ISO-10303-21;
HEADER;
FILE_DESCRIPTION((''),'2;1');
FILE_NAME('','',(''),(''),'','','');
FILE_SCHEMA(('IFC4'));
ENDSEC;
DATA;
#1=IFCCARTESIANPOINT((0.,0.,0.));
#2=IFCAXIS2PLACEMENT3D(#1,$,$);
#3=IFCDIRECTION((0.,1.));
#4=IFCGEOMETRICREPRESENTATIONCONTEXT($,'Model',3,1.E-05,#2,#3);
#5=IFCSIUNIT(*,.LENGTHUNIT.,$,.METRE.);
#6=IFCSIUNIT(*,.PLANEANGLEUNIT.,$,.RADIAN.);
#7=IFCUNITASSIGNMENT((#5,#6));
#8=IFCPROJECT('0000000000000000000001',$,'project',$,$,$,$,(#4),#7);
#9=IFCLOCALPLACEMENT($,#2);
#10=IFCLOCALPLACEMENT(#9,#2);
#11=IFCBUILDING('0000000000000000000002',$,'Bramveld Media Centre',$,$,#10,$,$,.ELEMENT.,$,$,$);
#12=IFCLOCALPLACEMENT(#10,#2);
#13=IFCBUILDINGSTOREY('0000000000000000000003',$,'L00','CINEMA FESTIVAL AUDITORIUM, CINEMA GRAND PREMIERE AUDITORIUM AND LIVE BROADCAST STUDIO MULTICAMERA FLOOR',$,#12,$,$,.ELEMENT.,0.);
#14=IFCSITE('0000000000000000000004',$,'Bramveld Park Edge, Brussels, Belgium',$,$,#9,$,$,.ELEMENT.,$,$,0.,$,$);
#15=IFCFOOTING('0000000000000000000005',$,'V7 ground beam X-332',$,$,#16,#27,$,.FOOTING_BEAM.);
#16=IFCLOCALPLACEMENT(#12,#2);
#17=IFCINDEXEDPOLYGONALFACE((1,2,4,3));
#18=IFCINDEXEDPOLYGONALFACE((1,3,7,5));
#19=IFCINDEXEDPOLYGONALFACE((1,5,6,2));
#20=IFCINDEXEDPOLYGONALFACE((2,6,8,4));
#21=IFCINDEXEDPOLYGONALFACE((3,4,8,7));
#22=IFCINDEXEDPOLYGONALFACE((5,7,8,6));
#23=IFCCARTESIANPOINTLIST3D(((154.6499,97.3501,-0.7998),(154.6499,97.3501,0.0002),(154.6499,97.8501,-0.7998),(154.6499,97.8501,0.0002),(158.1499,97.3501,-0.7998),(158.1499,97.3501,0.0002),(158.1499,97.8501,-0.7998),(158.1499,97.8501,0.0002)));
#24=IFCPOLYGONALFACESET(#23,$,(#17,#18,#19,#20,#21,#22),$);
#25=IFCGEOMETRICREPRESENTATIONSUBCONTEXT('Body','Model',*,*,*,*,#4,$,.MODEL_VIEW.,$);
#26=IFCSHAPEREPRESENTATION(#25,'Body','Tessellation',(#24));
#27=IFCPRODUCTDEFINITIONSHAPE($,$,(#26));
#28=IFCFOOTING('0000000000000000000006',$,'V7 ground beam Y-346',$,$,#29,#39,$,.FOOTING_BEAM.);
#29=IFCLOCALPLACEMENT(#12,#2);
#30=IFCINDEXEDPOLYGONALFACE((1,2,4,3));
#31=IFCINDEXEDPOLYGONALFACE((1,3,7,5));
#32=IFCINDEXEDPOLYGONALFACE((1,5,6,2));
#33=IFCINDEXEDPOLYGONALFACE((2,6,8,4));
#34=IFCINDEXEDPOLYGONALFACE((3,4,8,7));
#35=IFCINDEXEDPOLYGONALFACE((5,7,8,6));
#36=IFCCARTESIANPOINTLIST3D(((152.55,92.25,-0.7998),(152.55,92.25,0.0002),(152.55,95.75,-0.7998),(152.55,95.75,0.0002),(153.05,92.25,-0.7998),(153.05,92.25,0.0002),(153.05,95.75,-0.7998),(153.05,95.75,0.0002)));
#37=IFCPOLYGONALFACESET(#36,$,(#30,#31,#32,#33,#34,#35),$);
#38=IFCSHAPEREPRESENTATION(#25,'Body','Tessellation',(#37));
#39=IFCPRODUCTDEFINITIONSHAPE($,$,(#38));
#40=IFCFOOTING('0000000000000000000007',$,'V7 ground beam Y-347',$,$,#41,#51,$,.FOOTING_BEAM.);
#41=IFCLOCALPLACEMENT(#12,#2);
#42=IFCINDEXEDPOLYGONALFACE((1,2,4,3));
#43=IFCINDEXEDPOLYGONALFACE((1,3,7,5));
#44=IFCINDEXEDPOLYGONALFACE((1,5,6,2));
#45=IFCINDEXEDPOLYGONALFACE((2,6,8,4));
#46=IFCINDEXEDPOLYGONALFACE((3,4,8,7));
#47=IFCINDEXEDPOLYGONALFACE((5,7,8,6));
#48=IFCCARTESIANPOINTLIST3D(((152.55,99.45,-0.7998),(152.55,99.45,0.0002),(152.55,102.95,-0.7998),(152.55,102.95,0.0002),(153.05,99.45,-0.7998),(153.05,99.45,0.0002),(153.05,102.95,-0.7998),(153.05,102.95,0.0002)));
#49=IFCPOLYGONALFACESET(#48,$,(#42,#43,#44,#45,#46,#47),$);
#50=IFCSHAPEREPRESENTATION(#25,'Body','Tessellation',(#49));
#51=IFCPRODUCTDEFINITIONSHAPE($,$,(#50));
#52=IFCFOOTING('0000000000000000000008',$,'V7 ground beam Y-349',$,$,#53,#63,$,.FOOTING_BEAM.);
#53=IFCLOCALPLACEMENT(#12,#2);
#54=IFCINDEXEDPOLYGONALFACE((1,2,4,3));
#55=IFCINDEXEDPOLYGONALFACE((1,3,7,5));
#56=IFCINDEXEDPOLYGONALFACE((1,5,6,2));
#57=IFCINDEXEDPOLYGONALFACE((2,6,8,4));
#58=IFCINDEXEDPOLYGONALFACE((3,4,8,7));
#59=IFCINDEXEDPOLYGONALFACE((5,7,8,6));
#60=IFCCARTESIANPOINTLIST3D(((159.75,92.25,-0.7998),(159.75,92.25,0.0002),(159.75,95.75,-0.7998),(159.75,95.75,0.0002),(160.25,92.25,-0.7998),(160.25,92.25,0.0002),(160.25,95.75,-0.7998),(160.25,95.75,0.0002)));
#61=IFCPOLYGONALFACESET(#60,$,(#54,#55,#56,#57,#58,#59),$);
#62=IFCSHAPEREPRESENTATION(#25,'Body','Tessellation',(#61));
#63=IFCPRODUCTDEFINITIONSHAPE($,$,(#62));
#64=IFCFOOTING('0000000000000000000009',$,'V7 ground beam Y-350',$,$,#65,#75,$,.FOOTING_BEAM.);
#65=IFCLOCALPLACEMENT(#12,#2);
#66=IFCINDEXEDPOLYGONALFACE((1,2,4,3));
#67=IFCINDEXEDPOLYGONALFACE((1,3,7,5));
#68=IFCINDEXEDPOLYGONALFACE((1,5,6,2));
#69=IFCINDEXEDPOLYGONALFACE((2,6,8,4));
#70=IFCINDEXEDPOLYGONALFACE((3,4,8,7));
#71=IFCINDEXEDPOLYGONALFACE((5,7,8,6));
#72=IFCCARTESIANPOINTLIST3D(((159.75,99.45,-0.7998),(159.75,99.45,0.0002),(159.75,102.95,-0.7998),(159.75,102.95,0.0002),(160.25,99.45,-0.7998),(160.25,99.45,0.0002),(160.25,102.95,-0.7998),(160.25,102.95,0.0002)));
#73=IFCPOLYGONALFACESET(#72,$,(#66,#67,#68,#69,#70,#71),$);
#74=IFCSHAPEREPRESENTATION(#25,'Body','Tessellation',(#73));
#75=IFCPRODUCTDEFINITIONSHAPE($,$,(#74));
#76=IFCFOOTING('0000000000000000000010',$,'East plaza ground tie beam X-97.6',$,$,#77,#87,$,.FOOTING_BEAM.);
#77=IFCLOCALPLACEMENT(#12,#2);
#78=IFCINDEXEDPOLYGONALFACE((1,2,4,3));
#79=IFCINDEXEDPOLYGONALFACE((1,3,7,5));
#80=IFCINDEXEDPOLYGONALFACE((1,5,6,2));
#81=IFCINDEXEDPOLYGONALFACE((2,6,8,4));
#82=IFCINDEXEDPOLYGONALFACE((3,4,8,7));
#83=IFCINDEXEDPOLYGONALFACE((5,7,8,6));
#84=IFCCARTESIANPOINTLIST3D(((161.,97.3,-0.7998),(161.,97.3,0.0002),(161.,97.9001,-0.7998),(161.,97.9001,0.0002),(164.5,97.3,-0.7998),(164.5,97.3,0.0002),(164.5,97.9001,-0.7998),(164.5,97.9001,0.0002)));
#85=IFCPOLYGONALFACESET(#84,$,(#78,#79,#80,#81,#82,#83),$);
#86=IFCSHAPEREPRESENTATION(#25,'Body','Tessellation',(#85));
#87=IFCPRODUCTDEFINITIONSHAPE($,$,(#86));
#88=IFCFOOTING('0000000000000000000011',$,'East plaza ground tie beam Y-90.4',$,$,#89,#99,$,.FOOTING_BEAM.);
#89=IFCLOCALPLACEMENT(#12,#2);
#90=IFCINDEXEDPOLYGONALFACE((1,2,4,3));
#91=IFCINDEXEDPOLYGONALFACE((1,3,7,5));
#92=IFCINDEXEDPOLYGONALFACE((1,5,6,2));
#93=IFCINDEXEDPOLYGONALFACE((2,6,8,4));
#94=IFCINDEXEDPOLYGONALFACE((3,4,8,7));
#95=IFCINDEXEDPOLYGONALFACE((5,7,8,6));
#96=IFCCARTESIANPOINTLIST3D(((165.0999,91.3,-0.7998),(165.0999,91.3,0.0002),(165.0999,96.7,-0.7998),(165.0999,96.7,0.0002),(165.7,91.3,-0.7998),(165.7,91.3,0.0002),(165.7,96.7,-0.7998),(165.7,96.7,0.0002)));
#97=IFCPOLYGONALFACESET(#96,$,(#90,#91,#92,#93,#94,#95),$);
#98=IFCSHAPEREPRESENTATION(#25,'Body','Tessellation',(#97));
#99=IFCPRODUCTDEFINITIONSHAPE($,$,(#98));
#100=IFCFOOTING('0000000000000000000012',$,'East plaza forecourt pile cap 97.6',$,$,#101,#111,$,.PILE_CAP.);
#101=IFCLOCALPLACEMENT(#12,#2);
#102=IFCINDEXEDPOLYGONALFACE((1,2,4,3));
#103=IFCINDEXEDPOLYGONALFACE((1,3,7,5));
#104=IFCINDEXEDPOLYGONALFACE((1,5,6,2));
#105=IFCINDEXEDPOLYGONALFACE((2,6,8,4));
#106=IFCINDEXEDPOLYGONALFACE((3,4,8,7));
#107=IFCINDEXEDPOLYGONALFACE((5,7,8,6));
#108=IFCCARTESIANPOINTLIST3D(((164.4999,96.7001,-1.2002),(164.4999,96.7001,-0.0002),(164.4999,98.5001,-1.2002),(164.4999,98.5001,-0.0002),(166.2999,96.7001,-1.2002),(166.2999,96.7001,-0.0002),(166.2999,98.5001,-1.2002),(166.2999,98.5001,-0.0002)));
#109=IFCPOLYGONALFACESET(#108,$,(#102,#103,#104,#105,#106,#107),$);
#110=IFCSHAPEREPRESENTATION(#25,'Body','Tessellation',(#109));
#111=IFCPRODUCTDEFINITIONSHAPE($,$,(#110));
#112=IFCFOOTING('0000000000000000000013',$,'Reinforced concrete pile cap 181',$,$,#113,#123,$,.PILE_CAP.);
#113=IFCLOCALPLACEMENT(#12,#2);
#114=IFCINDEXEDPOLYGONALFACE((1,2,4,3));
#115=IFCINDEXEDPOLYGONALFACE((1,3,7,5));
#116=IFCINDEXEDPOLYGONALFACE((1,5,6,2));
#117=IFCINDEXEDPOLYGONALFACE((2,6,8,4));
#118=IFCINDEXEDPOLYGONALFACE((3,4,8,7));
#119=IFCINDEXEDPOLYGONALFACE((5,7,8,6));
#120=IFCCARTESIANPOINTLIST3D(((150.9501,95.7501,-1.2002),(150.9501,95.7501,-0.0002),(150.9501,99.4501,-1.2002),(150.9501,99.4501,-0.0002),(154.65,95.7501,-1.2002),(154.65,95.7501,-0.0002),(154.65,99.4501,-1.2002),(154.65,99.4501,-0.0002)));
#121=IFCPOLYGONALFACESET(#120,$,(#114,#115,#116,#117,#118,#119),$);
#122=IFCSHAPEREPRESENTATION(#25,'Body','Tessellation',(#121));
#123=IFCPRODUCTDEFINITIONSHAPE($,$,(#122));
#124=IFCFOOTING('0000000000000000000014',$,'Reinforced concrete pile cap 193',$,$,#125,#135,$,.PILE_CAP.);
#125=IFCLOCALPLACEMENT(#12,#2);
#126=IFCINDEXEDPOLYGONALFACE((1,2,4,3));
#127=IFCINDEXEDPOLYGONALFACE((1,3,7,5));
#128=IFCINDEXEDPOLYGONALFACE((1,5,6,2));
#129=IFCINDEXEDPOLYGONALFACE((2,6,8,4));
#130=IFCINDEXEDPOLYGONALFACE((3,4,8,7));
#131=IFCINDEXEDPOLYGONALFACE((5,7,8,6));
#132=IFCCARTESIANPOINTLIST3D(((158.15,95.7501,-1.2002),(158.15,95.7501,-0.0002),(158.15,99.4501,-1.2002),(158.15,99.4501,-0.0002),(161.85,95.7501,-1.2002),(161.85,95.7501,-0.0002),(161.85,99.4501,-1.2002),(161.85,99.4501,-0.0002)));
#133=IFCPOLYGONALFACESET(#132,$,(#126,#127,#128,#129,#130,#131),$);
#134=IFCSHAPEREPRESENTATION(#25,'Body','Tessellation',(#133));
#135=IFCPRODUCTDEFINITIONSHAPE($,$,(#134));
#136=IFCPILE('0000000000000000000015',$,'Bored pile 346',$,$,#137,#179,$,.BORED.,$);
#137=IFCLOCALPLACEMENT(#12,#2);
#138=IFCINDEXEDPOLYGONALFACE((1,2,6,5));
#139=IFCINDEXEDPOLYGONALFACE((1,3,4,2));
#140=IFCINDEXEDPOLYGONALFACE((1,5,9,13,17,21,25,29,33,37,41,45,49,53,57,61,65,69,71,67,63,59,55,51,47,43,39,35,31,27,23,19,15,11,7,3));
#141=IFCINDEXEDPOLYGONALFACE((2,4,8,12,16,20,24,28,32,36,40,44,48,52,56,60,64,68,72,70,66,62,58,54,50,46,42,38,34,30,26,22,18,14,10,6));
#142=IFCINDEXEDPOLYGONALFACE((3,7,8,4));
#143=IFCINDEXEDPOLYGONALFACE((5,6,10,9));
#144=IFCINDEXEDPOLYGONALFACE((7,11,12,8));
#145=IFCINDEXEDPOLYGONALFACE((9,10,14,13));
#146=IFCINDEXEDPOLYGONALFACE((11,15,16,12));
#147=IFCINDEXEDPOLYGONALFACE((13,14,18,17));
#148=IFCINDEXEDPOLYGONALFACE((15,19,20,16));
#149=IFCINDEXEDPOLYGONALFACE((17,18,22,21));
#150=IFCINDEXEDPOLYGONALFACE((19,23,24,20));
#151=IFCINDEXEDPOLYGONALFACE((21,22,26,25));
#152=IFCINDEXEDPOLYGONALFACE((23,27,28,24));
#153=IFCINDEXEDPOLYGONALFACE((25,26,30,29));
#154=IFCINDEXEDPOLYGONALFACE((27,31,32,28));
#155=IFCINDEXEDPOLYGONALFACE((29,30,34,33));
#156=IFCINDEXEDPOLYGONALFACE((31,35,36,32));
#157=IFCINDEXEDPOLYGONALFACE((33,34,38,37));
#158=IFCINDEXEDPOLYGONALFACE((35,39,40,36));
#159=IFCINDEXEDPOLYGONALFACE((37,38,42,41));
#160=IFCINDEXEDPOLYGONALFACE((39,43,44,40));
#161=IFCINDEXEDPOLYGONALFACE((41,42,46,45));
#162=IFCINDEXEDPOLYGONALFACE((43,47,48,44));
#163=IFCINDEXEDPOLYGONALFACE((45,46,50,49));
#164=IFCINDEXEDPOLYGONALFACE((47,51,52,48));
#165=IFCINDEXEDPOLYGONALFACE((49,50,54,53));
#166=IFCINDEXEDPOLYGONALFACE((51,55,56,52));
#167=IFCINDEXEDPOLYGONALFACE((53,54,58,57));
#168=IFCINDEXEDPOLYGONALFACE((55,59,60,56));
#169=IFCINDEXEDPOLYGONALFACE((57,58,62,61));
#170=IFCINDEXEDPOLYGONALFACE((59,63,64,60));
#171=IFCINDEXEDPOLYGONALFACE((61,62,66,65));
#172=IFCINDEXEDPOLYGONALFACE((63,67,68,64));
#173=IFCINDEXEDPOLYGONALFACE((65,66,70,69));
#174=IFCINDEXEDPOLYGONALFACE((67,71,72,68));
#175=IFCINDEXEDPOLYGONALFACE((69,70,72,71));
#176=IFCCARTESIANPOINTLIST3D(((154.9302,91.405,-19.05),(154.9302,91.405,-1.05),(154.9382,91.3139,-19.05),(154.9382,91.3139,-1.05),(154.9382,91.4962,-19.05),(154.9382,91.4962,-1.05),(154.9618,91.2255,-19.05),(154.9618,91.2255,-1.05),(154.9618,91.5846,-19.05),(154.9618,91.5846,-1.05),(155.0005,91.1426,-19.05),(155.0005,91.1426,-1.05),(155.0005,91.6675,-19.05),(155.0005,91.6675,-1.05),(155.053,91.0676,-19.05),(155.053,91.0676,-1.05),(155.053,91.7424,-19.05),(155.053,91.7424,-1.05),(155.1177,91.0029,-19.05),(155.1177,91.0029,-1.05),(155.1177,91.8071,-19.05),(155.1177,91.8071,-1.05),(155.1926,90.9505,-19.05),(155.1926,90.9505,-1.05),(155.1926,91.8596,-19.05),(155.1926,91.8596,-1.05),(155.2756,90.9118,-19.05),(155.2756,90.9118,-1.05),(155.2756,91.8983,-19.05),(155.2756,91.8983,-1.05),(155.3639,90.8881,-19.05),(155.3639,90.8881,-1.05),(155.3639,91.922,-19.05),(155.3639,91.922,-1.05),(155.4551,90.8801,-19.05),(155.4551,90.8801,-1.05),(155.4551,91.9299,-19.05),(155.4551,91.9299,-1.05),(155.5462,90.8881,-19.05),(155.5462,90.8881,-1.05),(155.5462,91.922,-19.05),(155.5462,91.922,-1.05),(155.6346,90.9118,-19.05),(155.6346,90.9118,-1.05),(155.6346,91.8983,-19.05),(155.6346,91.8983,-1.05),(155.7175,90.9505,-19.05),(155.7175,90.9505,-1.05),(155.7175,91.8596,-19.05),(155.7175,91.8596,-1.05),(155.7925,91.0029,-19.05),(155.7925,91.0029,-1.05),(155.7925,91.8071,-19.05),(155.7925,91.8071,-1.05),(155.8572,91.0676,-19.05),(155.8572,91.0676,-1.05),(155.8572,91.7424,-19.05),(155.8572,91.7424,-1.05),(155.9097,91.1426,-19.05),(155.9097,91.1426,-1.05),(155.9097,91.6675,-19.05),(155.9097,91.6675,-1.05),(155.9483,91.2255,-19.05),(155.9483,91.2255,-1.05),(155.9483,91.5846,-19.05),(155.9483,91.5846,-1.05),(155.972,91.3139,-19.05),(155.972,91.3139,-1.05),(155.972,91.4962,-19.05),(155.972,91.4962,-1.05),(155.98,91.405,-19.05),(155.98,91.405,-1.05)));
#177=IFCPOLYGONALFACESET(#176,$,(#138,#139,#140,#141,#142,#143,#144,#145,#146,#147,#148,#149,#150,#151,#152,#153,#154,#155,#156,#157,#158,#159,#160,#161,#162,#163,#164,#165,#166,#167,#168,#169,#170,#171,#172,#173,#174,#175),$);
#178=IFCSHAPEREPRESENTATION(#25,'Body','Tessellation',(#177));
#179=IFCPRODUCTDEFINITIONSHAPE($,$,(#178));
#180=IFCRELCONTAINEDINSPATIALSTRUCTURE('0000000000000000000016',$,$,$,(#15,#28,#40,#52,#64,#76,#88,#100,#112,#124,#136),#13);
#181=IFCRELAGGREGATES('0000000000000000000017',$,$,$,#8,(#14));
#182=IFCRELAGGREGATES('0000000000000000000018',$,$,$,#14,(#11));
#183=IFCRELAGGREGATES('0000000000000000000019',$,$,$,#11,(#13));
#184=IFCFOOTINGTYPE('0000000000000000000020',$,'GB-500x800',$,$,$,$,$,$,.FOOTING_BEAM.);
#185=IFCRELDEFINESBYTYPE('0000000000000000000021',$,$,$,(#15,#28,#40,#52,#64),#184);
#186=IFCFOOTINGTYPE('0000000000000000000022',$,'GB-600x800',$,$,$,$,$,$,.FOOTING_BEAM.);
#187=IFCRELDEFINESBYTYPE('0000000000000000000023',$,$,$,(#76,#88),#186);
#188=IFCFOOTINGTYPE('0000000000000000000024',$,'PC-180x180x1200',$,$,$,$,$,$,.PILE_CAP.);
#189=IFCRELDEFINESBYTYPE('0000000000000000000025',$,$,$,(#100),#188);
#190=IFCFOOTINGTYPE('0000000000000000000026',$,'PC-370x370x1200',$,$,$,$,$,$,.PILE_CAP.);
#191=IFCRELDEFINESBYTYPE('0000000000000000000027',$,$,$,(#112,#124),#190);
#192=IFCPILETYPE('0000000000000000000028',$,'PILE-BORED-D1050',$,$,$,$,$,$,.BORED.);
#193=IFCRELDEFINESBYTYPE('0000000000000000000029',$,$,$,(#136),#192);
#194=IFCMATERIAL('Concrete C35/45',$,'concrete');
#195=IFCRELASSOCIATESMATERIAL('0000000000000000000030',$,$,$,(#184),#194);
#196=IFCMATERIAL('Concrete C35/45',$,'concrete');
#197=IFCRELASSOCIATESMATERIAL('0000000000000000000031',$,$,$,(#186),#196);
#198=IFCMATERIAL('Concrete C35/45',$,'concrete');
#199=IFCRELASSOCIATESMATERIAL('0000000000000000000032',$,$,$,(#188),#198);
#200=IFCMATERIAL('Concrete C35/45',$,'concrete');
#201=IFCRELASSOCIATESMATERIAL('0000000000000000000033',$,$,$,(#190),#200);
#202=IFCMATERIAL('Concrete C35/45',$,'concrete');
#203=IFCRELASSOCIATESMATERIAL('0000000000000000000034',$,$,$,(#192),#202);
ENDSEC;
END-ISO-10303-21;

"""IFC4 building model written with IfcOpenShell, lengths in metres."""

from ifc_helpers import new_model, si_unit, direction, frame, origin, origin_2d, place, context, subcontext, project, spatial, rectangle, circle, extrude, material, material_profile, profile_set, type_object, element, save


model = new_model("IFC4")

# Units and contexts
model_context = context("Model", 3, precision=1e-05, world=origin(), true_north=direction((0.0, 1.0)))
body_context = subcontext(model_context, "Body", "Model", "MODEL_VIEW")
ifc_project = project(units=[si_unit("LENGTHUNIT", "METRE"), si_unit("PLANEANGLEUNIT", "RADIAN")], contexts=[model_context])

# Site, building, storey
site_placement = place(None, origin())
site = spatial("IfcSite", under=ifc_project, at=site_placement, Name="Bramveld Park Edge, Brussels, Belgium", CompositionType="ELEMENT", RefElevation=0.0)
building_placement = place(site_placement, origin())
building = spatial("IfcBuilding", under=site, at=building_placement, Name="Bramveld Media Centre", CompositionType="ELEMENT")
storey_placement = place(building_placement, origin())
storey = spatial("IfcBuildingStorey", under=building, at=storey_placement, Name="L00", Description="CINEMA FESTIVAL AUDITORIUM, CINEMA GRAND PREMIERE AUDITORIUM AND LIVE BROADCAST STUDIO MULTICAMERA FLOOR", CompositionType="ELEMENT", Elevation=0.0)

# Footings
ifc_material_1 = material(Name="Concrete C35/45", Category="concrete")
footing_type_1 = type_object("IfcFootingType", Name="GB-500x800", PredefinedType="FOOTING_BEAM", material=ifc_material_1)
footing_1_placement = place(storey_placement, frame((156.3999, 97.6001, -0.7998), z_axis=(0.0, 0.0, 1.0), x_axis=(1.0, 0.0, 0.0)))
element("IfcFooting", 1, at=footing_1_placement, inside=storey, type_object=footing_type_1, Name="V7 ground beam X-332", PredefinedType="FOOTING_BEAM", context=body_context, shape_type="SweptSolid", body=[
    extrude(rectangle(XDim=3.5, YDim=0.5, at=origin_2d()), origin(), (0.0, 0.0, 1.0), 0.8),
])
for number, where, z_axis, x_axis, name in (
    (2, (152.8, 94.0, -0.7998), (0.0, 0.0, 1.0), (1.0, 0.0, 0.0), "V7 ground beam Y-346"),
    (3, (152.8, 101.2, -0.7998), (0.0, 0.0, 1.0), (1.0, 0.0, 0.0), "V7 ground beam Y-347"),
    (4, (160.0, 94.0, -0.7998), (0.0, 0.0, 1.0), (1.0, 0.0, 0.0), "V7 ground beam Y-349"),
    (5, (160.0, 101.2, -0.7998), (0.0, 0.0, 1.0), (1.0, 0.0, 0.0), "V7 ground beam Y-350"),
):
    element("IfcFooting", number, at=place(storey_placement, frame(where, z_axis=z_axis, x_axis=x_axis)), inside=storey, type_object=footing_type_1, Name=name, PredefinedType="FOOTING_BEAM", context=body_context, shape_type="SweptSolid", body=[
        extrude(rectangle(XDim=0.5, YDim=3.5, at=origin_2d()), origin(), (0.0, 0.0, 1.0), 0.8),
    ])
ifc_material_2 = material(Name="Concrete C35/45", Category="concrete")
footing_type_2 = type_object("IfcFootingType", Name="GB-600x800", PredefinedType="FOOTING_BEAM", material=ifc_material_2)
footing_2_placement = place(storey_placement, frame((162.75, 97.6001, -0.7998), z_axis=(0.0, 0.0, 1.0), x_axis=(1.0, 0.0, 0.0)))
element("IfcFooting", 6, at=footing_2_placement, inside=storey, type_object=footing_type_2, Name="East plaza ground tie beam X-97.6", PredefinedType="FOOTING_BEAM", context=body_context, shape_type="SweptSolid", body=[
    extrude(rectangle(XDim=3.5, YDim=0.6001, at=origin_2d()), origin(), (0.0, 0.0, 1.0), 0.8),
])
footing_3_placement = place(storey_placement, frame((165.3999, 94.0, -0.7998), z_axis=(0.0, 0.0, 1.0), x_axis=(1.0, 0.0, 0.0)))
element("IfcFooting", 7, at=footing_3_placement, inside=storey, type_object=footing_type_2, Name="East plaza ground tie beam Y-90.4", PredefinedType="FOOTING_BEAM", context=body_context, shape_type="SweptSolid", body=[
    extrude(rectangle(XDim=0.6001, YDim=5.3999, at=origin_2d()), origin(), (0.0, 0.0, 1.0), 0.8),
])
ifc_material_3 = material(Name="Concrete C35/45", Category="concrete")
footing_type_3 = type_object("IfcFootingType", Name="PC-180x180x1200", PredefinedType="PILE_CAP", material=ifc_material_3)
footing_4_placement = place(storey_placement, frame((165.3999, 97.6001, -1.2002), z_axis=(0.0, 0.0, 1.0), x_axis=(1.0, 0.0, 0.0)))
element("IfcFooting", 8, at=footing_4_placement, inside=storey, type_object=footing_type_3, Name="East plaza forecourt pile cap 97.6", PredefinedType="PILE_CAP", context=body_context, shape_type="SweptSolid", body=[
    extrude(rectangle(XDim=1.8, YDim=1.8, at=origin_2d()), origin(), (0.0, 0.0, 1.0), 1.2),
])
ifc_material_4 = material(Name="Concrete C35/45", Category="concrete")
footing_type_4 = type_object("IfcFootingType", Name="PC-370x370x1200", PredefinedType="PILE_CAP", material=ifc_material_4)
for number, where, z_axis, x_axis, name in (
    (9, (152.8, 97.6001, -1.2002), (0.0, 0.0, 1.0), (1.0, 0.0, 0.0), "Reinforced concrete pile cap 181"),
    (10, (160.0, 97.6001, -1.2002), (0.0, 0.0, 1.0), (1.0, 0.0, 0.0), "Reinforced concrete pile cap 193"),
):
    element("IfcFooting", number, at=place(storey_placement, frame(where, z_axis=z_axis, x_axis=x_axis)), inside=storey, type_object=footing_type_4, Name=name, PredefinedType="PILE_CAP", context=body_context, shape_type="SweptSolid", body=[
        extrude(rectangle(XDim=3.7, YDim=3.7, at=origin_2d()), origin(), (0.0, 0.0, 1.0), 1.2),
    ])

# Pile
ifc_material_5 = material(Name="Concrete C35/45", Category="concrete")
ifc_material_profile_1 = material_profile(ifc_material_5, circle(Radius=0.5249, at=origin_2d()), Name="BORED D1050")
ifc_profile_set_1 = profile_set([ifc_material_profile_1], Name="Concrete C35/45")
pile_type_1 = type_object("IfcPileType", Name="PILE-BORED-D1050", PredefinedType="BORED", material=ifc_profile_set_1)
pile_1_placement = place(storey_placement, frame((155.4551, 91.405, -1.05), z_axis=(0.0, 0.0, -1.0), x_axis=(1.0, 0.0, 0.0)))
element("IfcPile", 11, at=pile_1_placement, inside=storey, type_object=pile_type_1, Name="Bored pile 346", PredefinedType="BORED", context=body_context, shape_type="SweptSolid", body=[
    extrude(circle(Radius=0.5249, at=origin_2d()), origin(), (0.0, 0.0, 1.0), 18.0),
])

save(model, "model.ifc")
